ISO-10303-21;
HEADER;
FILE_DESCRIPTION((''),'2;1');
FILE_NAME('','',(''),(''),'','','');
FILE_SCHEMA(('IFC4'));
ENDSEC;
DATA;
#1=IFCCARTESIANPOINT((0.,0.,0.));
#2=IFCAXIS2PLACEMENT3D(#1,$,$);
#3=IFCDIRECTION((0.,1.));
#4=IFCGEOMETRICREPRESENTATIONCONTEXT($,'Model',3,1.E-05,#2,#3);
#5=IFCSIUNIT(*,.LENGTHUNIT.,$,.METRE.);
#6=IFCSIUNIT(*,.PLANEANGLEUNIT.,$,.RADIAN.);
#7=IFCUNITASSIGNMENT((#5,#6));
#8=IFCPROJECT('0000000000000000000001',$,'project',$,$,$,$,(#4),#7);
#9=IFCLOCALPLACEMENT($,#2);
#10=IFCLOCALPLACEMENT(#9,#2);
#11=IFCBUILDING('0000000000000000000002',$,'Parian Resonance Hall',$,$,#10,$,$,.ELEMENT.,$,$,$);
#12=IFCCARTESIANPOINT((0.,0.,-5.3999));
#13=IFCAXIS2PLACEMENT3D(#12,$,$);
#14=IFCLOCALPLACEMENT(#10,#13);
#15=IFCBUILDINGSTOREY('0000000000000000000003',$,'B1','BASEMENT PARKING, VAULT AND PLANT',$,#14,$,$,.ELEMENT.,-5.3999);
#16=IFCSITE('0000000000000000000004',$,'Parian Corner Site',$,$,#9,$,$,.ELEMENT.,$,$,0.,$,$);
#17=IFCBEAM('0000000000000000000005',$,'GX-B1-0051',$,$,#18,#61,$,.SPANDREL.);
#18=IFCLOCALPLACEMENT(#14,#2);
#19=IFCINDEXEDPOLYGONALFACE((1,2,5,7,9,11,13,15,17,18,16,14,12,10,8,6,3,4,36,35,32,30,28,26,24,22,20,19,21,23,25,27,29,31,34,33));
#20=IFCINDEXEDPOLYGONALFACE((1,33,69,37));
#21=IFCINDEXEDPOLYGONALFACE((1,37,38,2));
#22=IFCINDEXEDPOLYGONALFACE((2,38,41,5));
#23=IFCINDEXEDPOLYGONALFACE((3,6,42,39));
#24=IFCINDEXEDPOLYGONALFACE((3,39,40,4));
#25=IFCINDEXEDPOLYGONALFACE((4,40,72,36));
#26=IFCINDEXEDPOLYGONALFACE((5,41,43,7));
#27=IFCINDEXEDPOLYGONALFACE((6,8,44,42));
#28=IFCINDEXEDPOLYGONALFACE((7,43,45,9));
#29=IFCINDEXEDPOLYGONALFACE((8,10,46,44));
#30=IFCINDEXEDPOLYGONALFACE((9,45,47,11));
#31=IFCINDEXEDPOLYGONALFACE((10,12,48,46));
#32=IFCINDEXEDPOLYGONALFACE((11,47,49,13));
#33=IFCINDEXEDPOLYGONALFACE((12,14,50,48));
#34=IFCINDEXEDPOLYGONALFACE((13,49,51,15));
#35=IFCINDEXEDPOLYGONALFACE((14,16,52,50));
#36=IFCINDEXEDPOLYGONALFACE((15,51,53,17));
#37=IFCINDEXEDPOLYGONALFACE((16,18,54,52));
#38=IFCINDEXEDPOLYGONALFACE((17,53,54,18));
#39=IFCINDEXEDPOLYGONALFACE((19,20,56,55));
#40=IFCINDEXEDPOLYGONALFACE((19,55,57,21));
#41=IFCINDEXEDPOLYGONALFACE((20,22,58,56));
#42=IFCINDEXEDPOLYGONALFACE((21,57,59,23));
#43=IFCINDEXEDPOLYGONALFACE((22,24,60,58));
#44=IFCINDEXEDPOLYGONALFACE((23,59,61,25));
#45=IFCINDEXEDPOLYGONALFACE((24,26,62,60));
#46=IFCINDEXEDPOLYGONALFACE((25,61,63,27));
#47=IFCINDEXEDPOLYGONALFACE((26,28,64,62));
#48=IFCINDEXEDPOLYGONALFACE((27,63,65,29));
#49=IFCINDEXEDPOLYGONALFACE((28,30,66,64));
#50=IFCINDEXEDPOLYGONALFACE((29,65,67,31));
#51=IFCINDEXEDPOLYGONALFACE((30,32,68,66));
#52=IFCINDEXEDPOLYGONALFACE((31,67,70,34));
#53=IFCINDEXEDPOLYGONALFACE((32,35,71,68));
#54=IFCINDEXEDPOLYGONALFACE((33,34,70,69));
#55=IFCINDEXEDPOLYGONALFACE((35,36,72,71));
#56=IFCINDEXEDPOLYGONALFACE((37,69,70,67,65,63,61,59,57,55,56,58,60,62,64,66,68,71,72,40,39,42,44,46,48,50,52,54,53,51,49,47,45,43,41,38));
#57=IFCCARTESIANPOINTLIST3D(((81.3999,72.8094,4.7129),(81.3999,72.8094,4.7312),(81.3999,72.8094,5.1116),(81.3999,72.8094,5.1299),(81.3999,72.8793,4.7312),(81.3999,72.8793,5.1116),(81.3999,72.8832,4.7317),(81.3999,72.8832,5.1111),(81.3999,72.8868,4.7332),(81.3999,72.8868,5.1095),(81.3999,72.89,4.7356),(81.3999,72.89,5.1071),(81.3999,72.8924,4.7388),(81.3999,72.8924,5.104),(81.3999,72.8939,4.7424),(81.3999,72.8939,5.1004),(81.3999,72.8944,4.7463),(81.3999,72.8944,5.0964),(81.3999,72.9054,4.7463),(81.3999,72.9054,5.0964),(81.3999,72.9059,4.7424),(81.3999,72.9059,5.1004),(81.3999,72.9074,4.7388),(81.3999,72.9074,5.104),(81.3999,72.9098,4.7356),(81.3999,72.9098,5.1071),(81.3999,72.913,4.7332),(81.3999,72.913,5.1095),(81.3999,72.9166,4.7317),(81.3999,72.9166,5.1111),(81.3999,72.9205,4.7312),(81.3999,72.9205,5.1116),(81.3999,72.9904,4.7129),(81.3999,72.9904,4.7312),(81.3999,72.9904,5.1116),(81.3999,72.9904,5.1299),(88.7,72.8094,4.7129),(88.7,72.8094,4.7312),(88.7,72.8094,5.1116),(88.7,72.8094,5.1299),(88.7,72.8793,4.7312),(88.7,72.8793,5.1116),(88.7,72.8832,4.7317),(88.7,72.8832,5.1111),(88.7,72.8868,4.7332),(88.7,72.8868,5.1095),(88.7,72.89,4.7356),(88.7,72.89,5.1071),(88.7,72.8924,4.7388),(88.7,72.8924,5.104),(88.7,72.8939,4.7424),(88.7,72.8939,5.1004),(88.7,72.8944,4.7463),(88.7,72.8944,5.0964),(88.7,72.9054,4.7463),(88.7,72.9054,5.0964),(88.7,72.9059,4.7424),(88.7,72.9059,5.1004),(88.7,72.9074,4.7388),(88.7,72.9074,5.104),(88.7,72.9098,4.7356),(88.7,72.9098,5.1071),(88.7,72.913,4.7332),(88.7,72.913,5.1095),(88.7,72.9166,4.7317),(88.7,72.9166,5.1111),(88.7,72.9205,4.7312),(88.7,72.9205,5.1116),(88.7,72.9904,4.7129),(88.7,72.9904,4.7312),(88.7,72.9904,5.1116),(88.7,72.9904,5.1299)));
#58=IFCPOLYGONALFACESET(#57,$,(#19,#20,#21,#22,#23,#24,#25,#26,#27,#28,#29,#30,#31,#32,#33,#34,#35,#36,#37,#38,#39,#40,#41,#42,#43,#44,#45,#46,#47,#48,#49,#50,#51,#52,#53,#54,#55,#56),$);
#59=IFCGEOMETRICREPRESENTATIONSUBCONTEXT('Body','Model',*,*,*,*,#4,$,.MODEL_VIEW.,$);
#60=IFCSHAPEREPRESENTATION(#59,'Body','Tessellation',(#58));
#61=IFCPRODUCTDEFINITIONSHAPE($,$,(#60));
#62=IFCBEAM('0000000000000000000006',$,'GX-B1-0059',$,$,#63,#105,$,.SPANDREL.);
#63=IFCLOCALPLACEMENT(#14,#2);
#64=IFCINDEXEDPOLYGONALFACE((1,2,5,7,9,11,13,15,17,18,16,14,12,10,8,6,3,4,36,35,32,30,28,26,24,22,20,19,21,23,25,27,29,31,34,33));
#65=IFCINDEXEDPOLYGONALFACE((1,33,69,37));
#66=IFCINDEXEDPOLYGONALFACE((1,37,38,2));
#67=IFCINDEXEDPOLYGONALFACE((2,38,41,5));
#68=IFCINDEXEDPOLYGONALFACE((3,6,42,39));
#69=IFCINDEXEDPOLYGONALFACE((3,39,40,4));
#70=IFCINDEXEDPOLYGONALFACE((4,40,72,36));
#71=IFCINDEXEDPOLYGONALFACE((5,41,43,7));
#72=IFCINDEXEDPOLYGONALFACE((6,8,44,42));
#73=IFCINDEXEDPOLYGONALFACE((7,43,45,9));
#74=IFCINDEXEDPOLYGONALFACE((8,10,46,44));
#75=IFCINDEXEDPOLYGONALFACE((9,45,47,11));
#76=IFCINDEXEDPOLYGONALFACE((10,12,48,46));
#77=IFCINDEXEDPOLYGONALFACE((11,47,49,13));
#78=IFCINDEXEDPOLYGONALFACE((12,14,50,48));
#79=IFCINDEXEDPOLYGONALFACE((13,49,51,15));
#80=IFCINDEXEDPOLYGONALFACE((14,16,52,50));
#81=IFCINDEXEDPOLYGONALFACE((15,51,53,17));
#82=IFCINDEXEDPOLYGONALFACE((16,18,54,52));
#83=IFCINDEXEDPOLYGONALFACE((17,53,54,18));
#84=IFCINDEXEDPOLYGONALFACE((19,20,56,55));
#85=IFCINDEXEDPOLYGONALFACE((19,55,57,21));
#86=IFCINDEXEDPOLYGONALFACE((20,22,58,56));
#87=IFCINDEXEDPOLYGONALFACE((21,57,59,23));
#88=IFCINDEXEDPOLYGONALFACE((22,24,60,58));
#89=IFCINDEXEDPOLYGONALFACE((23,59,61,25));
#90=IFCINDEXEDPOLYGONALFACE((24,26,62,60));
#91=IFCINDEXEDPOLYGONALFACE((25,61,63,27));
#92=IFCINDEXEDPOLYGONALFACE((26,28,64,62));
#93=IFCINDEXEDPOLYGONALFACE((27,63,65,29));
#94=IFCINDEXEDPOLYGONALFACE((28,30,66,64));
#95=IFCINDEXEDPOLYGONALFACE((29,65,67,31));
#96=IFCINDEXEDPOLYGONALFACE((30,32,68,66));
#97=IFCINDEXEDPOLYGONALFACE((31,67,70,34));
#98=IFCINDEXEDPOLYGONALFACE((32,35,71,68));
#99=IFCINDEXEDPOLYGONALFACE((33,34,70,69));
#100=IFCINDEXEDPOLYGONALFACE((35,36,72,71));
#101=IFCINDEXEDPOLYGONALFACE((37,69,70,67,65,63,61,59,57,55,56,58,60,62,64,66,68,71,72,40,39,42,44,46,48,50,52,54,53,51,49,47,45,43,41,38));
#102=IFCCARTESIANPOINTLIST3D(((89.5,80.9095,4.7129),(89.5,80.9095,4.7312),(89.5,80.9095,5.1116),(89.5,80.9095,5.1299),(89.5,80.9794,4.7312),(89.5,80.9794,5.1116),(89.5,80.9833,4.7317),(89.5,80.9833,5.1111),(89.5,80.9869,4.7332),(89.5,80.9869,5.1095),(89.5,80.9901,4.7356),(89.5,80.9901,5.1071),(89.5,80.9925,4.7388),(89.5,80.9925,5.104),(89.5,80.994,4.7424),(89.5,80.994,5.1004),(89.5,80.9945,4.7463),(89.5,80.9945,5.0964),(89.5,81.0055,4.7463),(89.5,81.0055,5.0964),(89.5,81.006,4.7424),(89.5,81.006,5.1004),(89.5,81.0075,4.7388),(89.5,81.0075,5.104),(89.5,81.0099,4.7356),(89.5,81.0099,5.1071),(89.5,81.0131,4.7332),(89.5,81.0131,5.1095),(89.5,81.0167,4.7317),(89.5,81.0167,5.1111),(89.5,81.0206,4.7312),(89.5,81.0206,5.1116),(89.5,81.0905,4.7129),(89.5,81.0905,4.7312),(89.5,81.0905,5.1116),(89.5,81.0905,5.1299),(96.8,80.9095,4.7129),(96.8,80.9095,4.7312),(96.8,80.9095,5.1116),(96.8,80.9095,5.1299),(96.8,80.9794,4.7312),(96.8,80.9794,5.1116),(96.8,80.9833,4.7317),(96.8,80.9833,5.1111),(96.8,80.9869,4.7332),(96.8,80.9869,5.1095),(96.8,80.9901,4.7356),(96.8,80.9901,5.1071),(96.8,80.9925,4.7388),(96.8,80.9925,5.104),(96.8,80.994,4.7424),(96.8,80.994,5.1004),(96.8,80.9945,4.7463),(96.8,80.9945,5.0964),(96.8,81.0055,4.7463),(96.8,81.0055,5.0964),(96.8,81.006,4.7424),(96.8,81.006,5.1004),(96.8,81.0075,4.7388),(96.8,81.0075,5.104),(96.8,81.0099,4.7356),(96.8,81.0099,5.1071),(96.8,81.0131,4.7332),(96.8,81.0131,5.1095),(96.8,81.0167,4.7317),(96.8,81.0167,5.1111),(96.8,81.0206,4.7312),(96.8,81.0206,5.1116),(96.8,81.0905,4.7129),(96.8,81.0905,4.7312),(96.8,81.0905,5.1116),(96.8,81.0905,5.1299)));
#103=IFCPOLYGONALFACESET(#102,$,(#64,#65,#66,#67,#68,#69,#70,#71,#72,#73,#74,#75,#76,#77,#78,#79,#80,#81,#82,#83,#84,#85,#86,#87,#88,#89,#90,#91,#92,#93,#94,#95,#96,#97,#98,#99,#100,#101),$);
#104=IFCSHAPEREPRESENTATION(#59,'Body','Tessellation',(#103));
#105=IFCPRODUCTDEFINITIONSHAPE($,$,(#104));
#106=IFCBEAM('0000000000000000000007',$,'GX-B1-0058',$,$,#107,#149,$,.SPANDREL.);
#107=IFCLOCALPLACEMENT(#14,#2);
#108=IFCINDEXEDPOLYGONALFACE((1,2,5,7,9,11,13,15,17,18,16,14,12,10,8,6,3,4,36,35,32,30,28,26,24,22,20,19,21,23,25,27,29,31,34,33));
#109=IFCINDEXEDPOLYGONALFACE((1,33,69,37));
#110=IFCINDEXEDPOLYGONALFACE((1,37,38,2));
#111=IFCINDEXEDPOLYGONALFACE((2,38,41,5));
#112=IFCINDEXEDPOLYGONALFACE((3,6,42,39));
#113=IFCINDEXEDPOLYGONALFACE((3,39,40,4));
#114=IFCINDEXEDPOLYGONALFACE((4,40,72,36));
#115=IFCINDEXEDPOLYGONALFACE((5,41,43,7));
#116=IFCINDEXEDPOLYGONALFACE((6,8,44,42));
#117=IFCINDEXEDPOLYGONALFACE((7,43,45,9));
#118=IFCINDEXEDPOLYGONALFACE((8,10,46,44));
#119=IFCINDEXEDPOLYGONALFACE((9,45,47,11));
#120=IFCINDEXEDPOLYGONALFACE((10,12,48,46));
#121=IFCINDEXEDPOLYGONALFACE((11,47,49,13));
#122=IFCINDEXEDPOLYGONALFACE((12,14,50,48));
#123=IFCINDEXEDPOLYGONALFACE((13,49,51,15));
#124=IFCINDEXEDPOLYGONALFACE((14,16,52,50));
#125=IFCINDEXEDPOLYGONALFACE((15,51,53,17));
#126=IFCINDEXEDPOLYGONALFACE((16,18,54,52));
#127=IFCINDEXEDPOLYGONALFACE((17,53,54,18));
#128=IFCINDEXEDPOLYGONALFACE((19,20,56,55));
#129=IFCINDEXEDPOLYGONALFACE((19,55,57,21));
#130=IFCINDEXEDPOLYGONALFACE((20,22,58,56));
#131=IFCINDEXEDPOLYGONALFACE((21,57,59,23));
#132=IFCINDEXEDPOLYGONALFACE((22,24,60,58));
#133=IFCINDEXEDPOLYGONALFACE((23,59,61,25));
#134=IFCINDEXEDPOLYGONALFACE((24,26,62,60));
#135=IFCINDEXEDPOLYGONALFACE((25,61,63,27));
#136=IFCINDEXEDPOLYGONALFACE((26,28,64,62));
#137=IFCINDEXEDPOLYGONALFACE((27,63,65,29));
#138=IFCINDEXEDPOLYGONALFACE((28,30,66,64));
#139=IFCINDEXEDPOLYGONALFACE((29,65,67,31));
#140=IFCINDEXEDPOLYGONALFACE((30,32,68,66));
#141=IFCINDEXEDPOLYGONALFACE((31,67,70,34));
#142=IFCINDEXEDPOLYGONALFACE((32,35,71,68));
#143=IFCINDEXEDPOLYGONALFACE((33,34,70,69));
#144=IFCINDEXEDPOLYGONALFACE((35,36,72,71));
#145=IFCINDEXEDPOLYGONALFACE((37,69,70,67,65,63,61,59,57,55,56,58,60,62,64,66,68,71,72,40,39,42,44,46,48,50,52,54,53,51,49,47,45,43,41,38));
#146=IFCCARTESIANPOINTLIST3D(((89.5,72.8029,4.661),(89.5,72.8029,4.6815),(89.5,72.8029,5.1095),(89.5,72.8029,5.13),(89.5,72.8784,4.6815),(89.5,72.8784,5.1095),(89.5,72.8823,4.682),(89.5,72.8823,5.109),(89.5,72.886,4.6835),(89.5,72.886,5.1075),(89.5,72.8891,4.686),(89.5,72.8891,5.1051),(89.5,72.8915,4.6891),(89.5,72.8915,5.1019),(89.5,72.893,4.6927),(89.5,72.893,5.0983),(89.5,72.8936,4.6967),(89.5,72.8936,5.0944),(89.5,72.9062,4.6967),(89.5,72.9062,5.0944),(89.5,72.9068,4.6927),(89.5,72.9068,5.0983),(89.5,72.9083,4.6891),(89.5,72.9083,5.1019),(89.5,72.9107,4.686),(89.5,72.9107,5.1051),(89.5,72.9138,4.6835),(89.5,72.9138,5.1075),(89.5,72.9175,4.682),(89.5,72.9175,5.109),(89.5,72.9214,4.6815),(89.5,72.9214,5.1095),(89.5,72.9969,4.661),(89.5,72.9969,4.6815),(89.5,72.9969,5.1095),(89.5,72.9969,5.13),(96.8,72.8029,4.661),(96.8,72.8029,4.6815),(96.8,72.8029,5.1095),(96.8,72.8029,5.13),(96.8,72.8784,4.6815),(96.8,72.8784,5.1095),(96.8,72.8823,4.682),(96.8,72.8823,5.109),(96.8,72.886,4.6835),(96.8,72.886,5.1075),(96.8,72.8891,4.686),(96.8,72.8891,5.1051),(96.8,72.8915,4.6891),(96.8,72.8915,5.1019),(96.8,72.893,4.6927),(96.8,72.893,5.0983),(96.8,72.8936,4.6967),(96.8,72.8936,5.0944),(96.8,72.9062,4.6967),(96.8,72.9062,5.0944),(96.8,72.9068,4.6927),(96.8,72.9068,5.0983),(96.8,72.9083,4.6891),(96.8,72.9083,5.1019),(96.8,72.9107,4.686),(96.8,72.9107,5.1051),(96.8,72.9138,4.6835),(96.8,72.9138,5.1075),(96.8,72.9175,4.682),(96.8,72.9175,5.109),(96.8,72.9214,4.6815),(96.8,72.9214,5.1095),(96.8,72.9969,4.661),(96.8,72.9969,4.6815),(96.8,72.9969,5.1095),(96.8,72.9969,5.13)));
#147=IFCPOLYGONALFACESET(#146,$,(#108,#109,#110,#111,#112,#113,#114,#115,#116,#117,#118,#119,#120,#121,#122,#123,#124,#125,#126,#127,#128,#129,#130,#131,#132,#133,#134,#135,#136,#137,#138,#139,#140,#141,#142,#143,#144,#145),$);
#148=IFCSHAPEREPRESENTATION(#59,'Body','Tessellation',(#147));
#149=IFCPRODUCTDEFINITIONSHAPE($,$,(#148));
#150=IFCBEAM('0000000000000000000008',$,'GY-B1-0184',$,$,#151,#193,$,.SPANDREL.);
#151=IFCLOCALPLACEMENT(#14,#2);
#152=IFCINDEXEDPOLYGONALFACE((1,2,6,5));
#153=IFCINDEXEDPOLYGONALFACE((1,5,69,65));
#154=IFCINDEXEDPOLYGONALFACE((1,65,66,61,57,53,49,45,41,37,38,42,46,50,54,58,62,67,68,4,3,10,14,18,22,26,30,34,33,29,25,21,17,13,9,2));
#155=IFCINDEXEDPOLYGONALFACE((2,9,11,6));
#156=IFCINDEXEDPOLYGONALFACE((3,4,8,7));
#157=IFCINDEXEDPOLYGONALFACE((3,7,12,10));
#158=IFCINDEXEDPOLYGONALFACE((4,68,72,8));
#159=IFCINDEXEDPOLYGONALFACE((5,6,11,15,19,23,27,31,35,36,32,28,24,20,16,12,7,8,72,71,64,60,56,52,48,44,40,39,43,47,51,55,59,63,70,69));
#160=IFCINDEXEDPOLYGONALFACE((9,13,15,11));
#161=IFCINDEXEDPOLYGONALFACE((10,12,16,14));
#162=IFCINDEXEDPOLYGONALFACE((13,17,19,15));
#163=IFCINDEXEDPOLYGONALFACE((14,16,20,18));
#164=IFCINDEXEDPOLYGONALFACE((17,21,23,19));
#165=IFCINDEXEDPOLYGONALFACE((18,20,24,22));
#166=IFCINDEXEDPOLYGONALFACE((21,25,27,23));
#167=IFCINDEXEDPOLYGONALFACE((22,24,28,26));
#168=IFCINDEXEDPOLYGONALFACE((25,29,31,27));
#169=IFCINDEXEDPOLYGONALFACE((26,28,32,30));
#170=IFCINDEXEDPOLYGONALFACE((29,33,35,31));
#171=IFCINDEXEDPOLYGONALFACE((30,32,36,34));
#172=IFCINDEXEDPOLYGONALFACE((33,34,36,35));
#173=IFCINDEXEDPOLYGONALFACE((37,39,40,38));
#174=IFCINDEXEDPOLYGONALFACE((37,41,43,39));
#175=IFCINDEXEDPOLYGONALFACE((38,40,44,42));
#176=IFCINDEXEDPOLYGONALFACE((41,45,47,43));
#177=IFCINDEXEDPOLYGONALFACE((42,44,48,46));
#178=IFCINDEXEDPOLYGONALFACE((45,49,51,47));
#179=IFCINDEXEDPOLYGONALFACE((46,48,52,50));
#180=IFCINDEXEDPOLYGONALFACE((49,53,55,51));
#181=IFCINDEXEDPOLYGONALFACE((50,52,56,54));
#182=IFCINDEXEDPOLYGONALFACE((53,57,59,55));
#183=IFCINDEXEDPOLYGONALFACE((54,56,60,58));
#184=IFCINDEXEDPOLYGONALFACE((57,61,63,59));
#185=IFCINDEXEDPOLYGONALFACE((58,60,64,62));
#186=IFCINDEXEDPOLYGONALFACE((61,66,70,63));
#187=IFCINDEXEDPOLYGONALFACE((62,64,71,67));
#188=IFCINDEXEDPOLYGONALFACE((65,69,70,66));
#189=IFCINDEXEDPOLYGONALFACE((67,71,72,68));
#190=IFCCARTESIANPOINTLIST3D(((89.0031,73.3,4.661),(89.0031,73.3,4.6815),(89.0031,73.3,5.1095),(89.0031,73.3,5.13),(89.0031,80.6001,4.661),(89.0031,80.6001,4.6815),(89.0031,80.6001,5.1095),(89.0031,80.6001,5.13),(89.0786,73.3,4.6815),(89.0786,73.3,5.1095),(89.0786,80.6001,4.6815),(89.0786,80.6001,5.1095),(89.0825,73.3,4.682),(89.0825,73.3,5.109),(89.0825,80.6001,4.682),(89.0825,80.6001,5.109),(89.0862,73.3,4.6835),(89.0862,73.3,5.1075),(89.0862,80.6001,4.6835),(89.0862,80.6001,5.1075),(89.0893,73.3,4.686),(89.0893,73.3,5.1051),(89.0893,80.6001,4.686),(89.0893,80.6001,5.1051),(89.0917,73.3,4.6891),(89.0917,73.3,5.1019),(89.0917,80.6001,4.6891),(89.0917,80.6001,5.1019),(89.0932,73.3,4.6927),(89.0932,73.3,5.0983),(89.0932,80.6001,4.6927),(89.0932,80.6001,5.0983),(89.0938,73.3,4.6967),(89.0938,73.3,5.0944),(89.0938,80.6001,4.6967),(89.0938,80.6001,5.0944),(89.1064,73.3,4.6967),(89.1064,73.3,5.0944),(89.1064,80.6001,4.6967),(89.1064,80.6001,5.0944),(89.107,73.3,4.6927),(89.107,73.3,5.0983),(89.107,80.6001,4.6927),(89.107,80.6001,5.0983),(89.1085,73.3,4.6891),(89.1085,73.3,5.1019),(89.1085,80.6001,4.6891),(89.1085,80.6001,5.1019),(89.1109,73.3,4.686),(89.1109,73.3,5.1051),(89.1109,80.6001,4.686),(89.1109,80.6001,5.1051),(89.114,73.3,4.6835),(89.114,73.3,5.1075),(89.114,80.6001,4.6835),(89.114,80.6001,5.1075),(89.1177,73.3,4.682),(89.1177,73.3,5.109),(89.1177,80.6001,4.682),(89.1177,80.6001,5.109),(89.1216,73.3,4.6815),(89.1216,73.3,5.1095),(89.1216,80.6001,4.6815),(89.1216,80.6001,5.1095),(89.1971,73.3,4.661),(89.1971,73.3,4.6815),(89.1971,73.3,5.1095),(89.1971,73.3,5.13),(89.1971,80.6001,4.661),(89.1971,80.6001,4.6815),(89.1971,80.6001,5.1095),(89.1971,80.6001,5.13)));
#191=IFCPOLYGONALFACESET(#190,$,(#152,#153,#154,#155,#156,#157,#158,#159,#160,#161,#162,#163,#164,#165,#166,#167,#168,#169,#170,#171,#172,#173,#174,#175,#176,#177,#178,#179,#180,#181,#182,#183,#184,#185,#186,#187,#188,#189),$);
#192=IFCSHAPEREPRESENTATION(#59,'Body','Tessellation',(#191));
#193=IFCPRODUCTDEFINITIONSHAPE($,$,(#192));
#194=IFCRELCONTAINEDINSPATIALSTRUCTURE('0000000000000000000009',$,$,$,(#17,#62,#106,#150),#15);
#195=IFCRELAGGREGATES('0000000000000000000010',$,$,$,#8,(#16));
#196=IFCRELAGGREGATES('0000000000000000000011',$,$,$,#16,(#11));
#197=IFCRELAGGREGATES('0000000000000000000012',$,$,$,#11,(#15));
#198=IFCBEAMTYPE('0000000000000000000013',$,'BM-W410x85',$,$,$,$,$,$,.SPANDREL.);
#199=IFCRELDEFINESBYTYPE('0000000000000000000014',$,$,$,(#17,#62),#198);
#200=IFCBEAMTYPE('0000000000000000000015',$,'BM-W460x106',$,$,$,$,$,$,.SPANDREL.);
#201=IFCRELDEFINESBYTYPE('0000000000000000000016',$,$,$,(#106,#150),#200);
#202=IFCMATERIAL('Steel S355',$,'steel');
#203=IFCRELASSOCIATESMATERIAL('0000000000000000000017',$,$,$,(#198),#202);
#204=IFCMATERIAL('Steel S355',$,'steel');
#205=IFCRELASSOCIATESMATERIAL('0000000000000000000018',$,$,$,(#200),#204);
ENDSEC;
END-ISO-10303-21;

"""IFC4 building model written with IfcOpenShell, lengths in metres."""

from ifc_helpers import new_model, si_unit, direction, frame, origin, origin_2d, place, context, subcontext, project, spatial, i_section, extrude, material, material_profile, profile_set, type_object, element, save


model = new_model("IFC4")

# Units and contexts
model_context = context("Model", 3, precision=1e-05, world=origin(), true_north=direction((0.0, 1.0)))
body_context = subcontext(model_context, "Body", "Model", "MODEL_VIEW")
ifc_project = project(units=[si_unit("LENGTHUNIT", "METRE"), si_unit("PLANEANGLEUNIT", "RADIAN")], contexts=[model_context])

# Site, building, storey
site_placement = place(None, origin())
site = spatial("IfcSite", under=ifc_project, at=site_placement, Name="Parian Corner Site", CompositionType="ELEMENT", RefElevation=0.0)
building_placement = place(site_placement, origin())
building = spatial("IfcBuilding", under=site, at=building_placement, Name="Parian Resonance Hall", CompositionType="ELEMENT")
storey_placement = place(building_placement, frame((0.0, 0.0, -5.3999)))
storey = spatial("IfcBuildingStorey", under=building, at=storey_placement, Name="B1", Description="BASEMENT PARKING, VAULT AND PLANT", CompositionType="ELEMENT", Elevation=-5.3999)

# Beams
ifc_material_1 = material(Name="Steel S355", Category="steel")
ifc_material_profile_1 = material_profile(ifc_material_1, i_section(OverallWidth=0.1809, OverallDepth=0.417, WebThickness=0.011, FlangeThickness=0.0183, FilletRadius=0.0151, at=origin_2d()), Name="W410x85")
ifc_profile_set_1 = profile_set([ifc_material_profile_1], Name="Steel S355")
beam_type_1 = type_object("IfcBeamType", Name="BM-W410x85", PredefinedType="SPANDREL", material=ifc_profile_set_1)
for number, where, z_axis, x_axis, name in (
    (1, (81.3999, 72.8999, 4.9214), (1.0, 0.0, 0.0), (0.0, 1.0, 0.0), "GX-B1-0051"),
    (2, (89.5, 81.0, 4.9214), (1.0, 0.0, 0.0), (0.0, 1.0, 0.0), "GX-B1-0059"),
):
    element("IfcBeam", number, at=place(storey_placement, frame(where, z_axis=z_axis, x_axis=x_axis)), inside=storey, type_object=beam_type_1, Name=name, PredefinedType="SPANDREL", context=body_context, shape_type="SweptSolid", body=[
        extrude(i_section(OverallWidth=0.1809, OverallDepth=0.417, WebThickness=0.011, FlangeThickness=0.0183, FilletRadius=0.0151, at=origin_2d()), origin(), (0.0, 0.0, 1.0), 7.3),
    ])
ifc_material_2 = material(Name="Steel S355", Category="steel")
ifc_material_profile_2 = material_profile(ifc_material_2, i_section(OverallWidth=0.1941, OverallDepth=0.469, WebThickness=0.0127, FlangeThickness=0.0205, FilletRadius=0.0151, at=origin_2d()), Name="W460x106")
ifc_profile_set_2 = profile_set([ifc_material_profile_2], Name="Steel S355")
beam_type_2 = type_object("IfcBeamType", Name="BM-W460x106", PredefinedType="SPANDREL", material=ifc_profile_set_2)
for number, where, z_axis, x_axis, name in (
    (3, (89.5, 72.8999, 4.8955), (1.0, 0.0, 0.0), (0.0, 1.0, 0.0), "GX-B1-0058"),
    (4, (89.1001, 73.3, 4.8955), (0.0, 1.0, 0.0), (-1.0, 0.0, 0.0), "GY-B1-0184"),
):
    element("IfcBeam", number, at=place(storey_placement, frame(where, z_axis=z_axis, x_axis=x_axis)), inside=storey, type_object=beam_type_2, Name=name, PredefinedType="SPANDREL", context=body_context, shape_type="SweptSolid", body=[
        extrude(i_section(OverallWidth=0.1941, OverallDepth=0.469, WebThickness=0.0127, FlangeThickness=0.0205, FilletRadius=0.0151, at=origin_2d()), origin(), (0.0, 0.0, 1.0), 7.3),
    ])

save(model, "model.ifc")
